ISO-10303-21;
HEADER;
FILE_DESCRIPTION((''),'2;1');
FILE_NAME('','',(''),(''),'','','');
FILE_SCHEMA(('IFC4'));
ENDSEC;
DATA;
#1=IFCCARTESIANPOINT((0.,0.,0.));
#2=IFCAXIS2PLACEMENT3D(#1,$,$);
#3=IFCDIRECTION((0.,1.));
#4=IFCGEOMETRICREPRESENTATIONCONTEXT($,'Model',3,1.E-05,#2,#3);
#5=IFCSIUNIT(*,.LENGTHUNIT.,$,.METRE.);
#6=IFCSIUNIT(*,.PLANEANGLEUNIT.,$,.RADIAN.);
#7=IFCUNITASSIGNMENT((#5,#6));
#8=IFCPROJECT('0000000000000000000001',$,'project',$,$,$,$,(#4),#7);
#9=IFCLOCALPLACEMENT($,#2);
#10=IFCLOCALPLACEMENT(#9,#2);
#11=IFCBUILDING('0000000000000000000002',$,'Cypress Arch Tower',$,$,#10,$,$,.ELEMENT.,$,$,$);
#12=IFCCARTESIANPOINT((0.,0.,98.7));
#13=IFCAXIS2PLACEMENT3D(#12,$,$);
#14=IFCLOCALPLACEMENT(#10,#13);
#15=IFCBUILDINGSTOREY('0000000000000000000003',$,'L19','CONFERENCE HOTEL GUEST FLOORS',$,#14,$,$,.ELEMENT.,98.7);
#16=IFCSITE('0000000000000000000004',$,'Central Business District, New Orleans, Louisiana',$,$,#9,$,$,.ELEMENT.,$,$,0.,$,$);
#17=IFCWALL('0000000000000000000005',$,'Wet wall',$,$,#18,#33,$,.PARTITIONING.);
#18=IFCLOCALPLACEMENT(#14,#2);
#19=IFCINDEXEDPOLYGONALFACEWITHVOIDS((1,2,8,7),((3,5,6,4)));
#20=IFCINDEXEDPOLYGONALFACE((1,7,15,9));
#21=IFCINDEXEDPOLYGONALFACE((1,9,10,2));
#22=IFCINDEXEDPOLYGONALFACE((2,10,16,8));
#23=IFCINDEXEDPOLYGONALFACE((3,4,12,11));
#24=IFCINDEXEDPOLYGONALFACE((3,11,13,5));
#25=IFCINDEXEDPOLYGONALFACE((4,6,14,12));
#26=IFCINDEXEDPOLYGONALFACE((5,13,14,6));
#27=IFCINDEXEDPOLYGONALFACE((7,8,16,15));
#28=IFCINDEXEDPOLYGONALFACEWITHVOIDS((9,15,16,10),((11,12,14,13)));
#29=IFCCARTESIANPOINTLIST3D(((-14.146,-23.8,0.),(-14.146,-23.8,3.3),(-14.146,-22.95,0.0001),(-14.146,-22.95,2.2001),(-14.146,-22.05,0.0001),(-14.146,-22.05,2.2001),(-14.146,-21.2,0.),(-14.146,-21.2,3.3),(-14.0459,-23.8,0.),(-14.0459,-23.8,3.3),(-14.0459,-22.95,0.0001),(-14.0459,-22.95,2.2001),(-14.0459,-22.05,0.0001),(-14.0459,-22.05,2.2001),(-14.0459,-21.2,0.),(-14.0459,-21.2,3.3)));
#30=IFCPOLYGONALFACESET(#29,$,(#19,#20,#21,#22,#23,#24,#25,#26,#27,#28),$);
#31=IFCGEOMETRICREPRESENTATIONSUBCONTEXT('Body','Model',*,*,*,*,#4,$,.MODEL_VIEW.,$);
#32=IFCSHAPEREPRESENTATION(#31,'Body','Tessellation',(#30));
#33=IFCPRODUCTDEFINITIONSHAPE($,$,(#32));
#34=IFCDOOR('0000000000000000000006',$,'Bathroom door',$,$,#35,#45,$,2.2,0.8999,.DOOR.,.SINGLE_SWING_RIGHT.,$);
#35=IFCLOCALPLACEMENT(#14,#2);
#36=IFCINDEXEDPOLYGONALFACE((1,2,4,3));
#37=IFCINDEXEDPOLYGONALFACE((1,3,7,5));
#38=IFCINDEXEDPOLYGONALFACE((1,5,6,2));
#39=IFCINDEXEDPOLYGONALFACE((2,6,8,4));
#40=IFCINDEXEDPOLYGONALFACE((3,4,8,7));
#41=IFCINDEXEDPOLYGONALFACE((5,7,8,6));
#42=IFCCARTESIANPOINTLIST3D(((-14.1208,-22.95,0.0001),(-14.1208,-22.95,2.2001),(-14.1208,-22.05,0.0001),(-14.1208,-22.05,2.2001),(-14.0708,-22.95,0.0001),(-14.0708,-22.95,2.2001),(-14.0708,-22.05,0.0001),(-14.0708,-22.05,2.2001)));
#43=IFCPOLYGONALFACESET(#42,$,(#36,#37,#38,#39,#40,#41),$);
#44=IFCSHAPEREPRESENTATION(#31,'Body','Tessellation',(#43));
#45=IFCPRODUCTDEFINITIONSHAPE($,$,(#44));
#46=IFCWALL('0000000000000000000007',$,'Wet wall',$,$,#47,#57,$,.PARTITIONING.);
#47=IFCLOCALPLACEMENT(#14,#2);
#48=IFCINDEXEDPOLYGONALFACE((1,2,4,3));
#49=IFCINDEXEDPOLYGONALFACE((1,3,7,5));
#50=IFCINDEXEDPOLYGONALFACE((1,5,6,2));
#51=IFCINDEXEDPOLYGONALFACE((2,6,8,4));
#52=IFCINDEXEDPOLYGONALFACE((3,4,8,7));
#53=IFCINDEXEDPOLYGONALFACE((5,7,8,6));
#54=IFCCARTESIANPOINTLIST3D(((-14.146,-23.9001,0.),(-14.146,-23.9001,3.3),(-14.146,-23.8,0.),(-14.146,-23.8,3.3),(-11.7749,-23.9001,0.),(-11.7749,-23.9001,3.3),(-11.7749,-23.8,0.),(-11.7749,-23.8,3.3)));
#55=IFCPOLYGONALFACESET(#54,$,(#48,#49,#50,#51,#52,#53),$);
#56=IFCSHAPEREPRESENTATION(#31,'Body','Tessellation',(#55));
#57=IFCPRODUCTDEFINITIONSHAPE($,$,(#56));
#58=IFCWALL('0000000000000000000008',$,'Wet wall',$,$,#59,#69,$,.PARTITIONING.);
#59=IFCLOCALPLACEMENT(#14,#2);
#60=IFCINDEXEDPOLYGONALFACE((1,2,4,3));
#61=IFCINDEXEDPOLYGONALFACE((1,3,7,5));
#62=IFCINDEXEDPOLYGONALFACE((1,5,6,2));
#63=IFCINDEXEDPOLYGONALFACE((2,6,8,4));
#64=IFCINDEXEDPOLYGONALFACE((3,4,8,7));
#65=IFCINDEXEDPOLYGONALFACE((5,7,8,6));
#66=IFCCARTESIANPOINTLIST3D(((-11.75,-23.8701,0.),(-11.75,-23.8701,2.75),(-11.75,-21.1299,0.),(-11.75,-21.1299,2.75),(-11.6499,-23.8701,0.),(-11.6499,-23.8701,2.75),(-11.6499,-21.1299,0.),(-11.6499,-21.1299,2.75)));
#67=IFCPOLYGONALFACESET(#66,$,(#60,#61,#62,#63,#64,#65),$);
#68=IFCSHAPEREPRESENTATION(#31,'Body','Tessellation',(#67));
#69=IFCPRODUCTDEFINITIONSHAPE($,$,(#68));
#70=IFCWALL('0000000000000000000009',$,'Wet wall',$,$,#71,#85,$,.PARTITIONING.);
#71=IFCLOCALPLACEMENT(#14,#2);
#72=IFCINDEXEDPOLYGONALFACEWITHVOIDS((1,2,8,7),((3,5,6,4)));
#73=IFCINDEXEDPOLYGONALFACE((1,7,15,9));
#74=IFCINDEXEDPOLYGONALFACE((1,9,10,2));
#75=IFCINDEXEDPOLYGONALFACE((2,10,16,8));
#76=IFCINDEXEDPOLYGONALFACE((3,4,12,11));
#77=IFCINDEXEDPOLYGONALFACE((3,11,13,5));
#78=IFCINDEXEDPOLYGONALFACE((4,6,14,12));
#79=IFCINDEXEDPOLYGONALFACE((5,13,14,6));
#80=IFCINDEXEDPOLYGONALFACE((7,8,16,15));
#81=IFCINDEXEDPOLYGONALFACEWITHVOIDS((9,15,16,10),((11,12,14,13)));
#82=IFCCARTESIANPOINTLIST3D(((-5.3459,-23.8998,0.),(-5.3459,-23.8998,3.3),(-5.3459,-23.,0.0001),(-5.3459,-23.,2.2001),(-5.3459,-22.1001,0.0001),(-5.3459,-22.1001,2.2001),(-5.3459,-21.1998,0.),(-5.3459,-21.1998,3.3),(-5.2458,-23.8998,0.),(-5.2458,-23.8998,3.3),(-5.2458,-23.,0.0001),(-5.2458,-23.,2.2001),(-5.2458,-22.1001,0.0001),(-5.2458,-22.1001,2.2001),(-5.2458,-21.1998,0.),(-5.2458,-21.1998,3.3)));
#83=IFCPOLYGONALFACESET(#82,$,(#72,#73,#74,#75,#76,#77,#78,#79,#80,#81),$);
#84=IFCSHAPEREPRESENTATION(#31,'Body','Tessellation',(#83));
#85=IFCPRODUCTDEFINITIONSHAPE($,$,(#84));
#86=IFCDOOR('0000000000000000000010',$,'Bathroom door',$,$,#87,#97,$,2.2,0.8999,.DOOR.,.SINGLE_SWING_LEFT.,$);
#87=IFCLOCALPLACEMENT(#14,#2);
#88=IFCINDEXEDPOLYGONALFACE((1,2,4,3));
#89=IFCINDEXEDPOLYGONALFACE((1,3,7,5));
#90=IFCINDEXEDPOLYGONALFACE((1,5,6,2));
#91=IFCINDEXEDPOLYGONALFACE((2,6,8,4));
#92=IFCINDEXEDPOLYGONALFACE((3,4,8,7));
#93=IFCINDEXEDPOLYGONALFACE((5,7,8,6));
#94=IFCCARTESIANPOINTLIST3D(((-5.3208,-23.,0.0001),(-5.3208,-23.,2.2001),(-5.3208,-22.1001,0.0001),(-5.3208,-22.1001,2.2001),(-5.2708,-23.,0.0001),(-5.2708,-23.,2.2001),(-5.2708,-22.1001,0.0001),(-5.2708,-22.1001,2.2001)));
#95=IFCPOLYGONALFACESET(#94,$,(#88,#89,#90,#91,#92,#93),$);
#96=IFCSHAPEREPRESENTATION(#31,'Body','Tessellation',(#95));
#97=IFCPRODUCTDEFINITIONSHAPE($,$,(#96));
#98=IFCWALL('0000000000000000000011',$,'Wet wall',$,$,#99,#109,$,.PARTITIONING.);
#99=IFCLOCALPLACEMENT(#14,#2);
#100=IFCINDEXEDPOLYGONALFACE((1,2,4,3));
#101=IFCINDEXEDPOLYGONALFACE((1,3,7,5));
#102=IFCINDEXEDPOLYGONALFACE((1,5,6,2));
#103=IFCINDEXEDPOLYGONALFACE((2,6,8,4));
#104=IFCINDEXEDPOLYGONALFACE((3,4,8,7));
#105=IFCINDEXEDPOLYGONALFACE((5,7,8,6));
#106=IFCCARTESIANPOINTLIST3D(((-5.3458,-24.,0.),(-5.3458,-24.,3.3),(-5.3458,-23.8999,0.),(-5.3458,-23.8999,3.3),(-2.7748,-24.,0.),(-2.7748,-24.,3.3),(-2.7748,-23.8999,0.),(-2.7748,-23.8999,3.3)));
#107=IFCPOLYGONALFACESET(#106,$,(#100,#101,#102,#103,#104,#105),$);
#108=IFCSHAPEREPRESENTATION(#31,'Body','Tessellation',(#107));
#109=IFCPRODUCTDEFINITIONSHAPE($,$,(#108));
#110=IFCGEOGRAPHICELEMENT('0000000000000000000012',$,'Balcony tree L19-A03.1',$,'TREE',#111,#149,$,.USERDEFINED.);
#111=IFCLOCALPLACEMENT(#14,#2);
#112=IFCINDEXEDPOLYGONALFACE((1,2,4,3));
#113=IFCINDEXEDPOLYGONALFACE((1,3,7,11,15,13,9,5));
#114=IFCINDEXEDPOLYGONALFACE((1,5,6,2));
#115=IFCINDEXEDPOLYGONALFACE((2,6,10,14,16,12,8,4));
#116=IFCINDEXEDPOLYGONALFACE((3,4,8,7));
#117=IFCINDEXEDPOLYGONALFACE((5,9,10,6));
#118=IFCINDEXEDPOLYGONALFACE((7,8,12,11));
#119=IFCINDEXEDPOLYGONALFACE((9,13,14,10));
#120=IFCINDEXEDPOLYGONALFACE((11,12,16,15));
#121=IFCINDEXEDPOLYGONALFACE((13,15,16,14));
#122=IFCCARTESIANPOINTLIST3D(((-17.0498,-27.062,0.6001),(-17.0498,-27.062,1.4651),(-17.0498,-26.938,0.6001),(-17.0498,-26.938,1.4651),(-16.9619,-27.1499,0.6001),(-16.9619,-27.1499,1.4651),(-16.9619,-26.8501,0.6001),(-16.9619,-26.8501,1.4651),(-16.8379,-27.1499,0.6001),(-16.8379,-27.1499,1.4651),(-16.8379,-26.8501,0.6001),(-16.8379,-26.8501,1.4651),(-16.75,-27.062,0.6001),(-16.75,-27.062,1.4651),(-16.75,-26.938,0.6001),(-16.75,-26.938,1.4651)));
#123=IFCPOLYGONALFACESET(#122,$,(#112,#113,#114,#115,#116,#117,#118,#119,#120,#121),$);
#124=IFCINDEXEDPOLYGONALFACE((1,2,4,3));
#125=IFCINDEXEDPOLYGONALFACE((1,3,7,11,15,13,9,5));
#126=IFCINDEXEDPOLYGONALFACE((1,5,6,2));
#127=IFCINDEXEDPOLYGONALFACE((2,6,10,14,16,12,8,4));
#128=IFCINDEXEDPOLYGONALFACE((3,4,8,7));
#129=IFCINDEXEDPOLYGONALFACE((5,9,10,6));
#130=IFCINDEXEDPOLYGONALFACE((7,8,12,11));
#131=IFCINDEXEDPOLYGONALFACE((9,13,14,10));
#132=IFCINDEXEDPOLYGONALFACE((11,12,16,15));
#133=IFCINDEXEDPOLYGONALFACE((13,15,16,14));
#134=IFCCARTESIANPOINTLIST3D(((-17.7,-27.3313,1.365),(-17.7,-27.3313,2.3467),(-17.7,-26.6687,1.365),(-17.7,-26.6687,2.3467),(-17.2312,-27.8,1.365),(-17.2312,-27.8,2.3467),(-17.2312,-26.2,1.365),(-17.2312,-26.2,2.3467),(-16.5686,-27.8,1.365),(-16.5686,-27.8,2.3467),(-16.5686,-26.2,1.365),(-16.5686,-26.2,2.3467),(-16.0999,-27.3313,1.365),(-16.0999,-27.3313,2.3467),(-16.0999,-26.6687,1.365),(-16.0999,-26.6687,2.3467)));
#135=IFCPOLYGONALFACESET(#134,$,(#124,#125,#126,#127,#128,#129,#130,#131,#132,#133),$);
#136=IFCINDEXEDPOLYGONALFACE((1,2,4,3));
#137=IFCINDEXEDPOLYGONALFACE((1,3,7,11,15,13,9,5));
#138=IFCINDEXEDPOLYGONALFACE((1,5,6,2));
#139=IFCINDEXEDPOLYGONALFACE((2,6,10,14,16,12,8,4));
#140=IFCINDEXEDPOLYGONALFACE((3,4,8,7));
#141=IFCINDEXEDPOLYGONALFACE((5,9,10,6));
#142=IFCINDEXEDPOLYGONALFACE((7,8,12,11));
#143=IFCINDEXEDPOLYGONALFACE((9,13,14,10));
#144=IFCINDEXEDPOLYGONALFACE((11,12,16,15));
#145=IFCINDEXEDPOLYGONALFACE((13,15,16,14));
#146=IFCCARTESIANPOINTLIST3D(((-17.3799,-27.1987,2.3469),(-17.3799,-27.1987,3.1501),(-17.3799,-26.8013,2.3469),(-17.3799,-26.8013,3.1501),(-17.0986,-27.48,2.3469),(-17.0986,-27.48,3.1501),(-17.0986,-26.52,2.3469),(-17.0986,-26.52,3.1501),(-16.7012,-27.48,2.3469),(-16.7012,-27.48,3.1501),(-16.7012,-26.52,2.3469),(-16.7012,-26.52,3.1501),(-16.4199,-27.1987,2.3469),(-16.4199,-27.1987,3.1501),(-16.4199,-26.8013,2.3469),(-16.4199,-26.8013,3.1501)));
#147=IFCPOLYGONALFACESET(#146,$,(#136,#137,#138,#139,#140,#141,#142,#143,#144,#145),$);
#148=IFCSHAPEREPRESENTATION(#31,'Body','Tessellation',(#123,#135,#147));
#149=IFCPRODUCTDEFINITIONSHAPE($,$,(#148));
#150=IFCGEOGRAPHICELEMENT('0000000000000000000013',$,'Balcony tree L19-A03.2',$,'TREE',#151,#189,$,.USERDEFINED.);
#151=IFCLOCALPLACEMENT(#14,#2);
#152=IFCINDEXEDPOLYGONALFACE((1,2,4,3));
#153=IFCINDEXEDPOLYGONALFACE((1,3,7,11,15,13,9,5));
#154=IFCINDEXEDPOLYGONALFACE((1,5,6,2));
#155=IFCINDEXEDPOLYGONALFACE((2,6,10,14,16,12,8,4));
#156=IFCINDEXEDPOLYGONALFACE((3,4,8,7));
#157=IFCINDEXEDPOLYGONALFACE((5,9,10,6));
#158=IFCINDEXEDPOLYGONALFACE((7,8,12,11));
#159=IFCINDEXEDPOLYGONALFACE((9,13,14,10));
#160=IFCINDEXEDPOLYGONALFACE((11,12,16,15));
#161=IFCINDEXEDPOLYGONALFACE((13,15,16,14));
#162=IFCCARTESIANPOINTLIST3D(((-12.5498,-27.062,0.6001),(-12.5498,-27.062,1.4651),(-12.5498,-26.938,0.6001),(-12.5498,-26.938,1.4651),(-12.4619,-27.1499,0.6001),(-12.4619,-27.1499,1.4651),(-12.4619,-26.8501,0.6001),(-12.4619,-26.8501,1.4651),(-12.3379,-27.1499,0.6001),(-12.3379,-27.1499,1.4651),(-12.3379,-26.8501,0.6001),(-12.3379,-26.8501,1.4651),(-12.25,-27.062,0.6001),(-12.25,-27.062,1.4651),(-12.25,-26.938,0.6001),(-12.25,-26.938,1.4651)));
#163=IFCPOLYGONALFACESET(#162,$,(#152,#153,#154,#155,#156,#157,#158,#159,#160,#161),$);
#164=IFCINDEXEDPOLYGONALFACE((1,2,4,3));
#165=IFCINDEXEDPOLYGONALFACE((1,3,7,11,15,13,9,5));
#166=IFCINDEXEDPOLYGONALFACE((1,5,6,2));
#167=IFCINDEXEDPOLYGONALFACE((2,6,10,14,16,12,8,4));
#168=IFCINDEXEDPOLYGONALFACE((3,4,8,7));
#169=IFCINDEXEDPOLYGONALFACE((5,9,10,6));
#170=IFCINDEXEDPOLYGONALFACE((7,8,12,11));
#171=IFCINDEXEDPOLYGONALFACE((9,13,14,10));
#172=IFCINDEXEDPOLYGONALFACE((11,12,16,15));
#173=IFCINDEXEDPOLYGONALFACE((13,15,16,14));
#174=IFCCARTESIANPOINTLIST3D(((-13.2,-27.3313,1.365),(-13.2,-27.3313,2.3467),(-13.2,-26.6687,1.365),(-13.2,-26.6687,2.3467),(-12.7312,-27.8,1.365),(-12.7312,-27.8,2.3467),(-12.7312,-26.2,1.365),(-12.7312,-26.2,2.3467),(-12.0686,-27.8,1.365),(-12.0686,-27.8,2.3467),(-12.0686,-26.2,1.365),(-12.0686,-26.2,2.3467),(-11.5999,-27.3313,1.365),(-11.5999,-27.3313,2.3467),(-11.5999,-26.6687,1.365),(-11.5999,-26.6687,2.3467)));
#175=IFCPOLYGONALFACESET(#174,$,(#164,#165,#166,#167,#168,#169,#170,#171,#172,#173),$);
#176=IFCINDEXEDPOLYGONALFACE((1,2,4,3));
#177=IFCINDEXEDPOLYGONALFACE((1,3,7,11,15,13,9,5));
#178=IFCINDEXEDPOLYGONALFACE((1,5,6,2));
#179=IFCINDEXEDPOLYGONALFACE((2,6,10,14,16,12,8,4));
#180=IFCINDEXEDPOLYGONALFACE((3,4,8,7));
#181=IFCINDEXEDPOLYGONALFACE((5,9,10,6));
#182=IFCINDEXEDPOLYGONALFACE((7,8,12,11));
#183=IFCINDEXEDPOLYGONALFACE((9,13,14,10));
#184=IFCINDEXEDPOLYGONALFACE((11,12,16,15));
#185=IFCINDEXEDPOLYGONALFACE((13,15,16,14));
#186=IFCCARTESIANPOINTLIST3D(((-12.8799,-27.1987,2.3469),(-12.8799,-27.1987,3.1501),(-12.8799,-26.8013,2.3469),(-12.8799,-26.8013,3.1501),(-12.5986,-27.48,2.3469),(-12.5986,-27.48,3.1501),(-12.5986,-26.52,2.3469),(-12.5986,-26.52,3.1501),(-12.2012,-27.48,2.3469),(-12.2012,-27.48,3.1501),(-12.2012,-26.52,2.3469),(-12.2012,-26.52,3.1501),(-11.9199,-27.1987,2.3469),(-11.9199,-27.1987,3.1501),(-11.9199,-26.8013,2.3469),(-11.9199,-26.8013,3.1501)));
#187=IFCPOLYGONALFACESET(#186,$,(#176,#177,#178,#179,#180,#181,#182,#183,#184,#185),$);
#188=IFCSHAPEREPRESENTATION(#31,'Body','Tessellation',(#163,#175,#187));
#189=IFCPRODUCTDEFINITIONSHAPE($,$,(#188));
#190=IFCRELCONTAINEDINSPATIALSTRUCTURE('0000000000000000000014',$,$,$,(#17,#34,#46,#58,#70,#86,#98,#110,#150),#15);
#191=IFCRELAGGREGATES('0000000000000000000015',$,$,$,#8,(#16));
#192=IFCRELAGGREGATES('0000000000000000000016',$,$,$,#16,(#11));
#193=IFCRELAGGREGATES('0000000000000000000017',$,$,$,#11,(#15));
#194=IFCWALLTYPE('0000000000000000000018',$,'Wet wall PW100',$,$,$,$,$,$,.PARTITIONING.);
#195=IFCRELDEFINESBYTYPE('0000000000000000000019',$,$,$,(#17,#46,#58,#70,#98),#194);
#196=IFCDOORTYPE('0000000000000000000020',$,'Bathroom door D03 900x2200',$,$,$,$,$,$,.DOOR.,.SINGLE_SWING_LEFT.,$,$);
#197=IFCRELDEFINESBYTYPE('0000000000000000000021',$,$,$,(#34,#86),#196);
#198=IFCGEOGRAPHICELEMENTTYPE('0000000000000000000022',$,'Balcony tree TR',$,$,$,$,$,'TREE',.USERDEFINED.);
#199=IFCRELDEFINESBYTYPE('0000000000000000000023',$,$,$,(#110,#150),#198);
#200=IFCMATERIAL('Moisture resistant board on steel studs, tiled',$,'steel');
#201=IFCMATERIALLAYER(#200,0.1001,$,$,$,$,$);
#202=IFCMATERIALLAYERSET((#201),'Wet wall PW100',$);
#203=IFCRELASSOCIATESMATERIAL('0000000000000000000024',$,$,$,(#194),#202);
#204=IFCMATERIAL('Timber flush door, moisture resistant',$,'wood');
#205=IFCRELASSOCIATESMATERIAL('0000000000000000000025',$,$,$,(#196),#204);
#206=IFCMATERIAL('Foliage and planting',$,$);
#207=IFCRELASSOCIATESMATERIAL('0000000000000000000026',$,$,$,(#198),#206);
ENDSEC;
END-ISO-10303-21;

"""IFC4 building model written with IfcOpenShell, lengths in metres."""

from ifc_helpers import new_model, si_unit, direction, frame, frame_2d, origin, place, context, subcontext, project, spatial, polyline, rectangle, outline, extrude, material, layer, layer_set, type_object, element, fill, save


model = new_model("IFC4")

# Units and contexts
model_context = context("Model", 3, precision=1e-05, world=origin(), true_north=direction((0.0, 1.0)))
body_context = subcontext(model_context, "Body", "Model", "MODEL_VIEW")
ifc_project = project(units=[si_unit("LENGTHUNIT", "METRE"), si_unit("PLANEANGLEUNIT", "RADIAN")], contexts=[model_context])

# Site, building, storey
site_placement = place(None, origin())
site = spatial("IfcSite", under=ifc_project, at=site_placement, Name="Central Business District, New Orleans, Louisiana", CompositionType="ELEMENT", RefElevation=0.0)
building_placement = place(site_placement, origin())
building = spatial("IfcBuilding", under=site, at=building_placement, Name="Cypress Arch Tower", CompositionType="ELEMENT")
storey_placement = place(building_placement, frame((0.0, 0.0, 98.7)))
storey = spatial("IfcBuildingStorey", under=building, at=storey_placement, Name="L19", Description="CONFERENCE HOTEL GUEST FLOORS", CompositionType="ELEMENT", Elevation=98.7)

# Wall, opening, door
ifc_material_1 = material(Name="Moisture resistant board on steel studs, tiled", Category="steel")
ifc_layer_1 = layer(ifc_material_1, 0.1001)
ifc_layer_set_1 = layer_set([ifc_layer_1], Name="Wet wall PW100")
wall_type_1 = type_object("IfcWallType", Name="Wet wall PW100", PredefinedType="PARTITIONING", material=ifc_layer_set_1)
wall_1_placement = place(storey_placement, frame((-14.0959, -23.8, 0.0), z_axis=(0.0, 0.0, 1.0), x_axis=(0.0, 1.0, 0.0)))
wall_1 = element("IfcWall", 1, at=wall_1_placement, inside=storey, type_object=wall_type_1, Name="Wet wall", PredefinedType="PARTITIONING", context=body_context, shape_type="SweptSolid", body=[
    extrude(rectangle(XDim=2.6001, YDim=0.1001, at=frame_2d((1.3, 0.0))), origin(), (0.0, 0.0, 1.0), 3.3),
])
opening_1_placement = place(wall_1_placement, frame((0.8501, 0.0, 0.0)))
opening_1 = element("IfcOpeningElement", 2, at=opening_1_placement, cuts=wall_1, PredefinedType="OPENING", context=body_context, shape_type="SweptSolid", body=[
    extrude(rectangle(XDim=0.8999, YDim=2.2, at=frame_2d((0.45, 1.1001))), frame((0.0, 0.0601, 0.0), z_axis=(0.0, -1.0, 0.0), x_axis=(1.0, 0.0, 0.0)), (0.0, 0.0, 1.0), 0.1201),
])
ifc_material_2 = material(Name="Timber flush door, moisture resistant", Category="wood")
door_type_1 = type_object("IfcDoorType", Name="Bathroom door D03 900x2200", OperationType="SINGLE_SWING_LEFT", PredefinedType="DOOR", material=ifc_material_2)
door_1_placement = place(opening_1_placement, origin())
door_1 = element("IfcDoor", 3, at=door_1_placement, inside=storey, type_object=door_type_1, Name="Bathroom door", OperationType="SINGLE_SWING_RIGHT", OverallHeight=2.2, OverallWidth=0.8999, PredefinedType="DOOR", context=body_context, shape_type="SweptSolid", body=[
    extrude(rectangle(XDim=0.8999, YDim=2.2, at=frame_2d((0.45, 1.1001))), frame((0.0, 0.0249, 0.0), z_axis=(0.0, -1.0, 0.0), x_axis=(1.0, 0.0, 0.0)), (0.0, 0.0, 1.0), 0.05),
])
fill(opening_1, door_1)

# Walls
wall_2_placement = place(storey_placement, frame((-14.146, -23.8501, 0.0), z_axis=(0.0, 0.0, 1.0), x_axis=(1.0, 0.0, 0.0)))
element("IfcWall", 4, at=wall_2_placement, inside=storey, type_object=wall_type_1, Name="Wet wall", PredefinedType="PARTITIONING", context=body_context, shape_type="SweptSolid", body=[
    extrude(rectangle(XDim=2.3711, YDim=0.1001, at=frame_2d((1.1855, 0.0))), origin(), (0.0, 0.0, 1.0), 3.3),
])
wall_3_placement = place(storey_placement, frame((-11.7, -23.8701, 0.0), z_axis=(0.0, 0.0, 1.0), x_axis=(0.0, 1.0, 0.0)))
element("IfcWall", 5, at=wall_3_placement, inside=storey, type_object=wall_type_1, Name="Wet wall", PredefinedType="PARTITIONING", context=body_context, shape_type="SweptSolid", body=[
    extrude(rectangle(XDim=2.7402, YDim=0.1001, at=frame_2d((1.3701, 0.0))), origin(), (0.0, 0.0, 1.0), 2.75),
])

# Wall, opening, door
wall_4_placement = place(storey_placement, frame((-5.2959, -23.8999, 0.0), z_axis=(0.0, 0.0, 1.0), x_axis=(0.0, 1.0, 0.0)))
wall_4 = element("IfcWall", 6, at=wall_4_placement, inside=storey, type_object=wall_type_1, Name="Wet wall", PredefinedType="PARTITIONING", context=body_context, shape_type="SweptSolid", body=[
    extrude(rectangle(XDim=2.7, YDim=0.1001, at=frame_2d((1.3501, 0.0))), origin(), (0.0, 0.0, 1.0), 3.3),
])
opening_2_placement = place(wall_4_placement, frame((0.8999, 0.0, 0.0)))
opening_2 = element("IfcOpeningElement", 7, at=opening_2_placement, cuts=wall_4, PredefinedType="OPENING", context=body_context, shape_type="SweptSolid", body=[
    extrude(rectangle(XDim=0.8999, YDim=2.2, at=frame_2d((0.45, 1.1001))), frame((0.0, 0.0601, 0.0), z_axis=(0.0, -1.0, 0.0), x_axis=(1.0, 0.0, 0.0)), (0.0, 0.0, 1.0), 0.1201),
])
door_2_placement = place(opening_2_placement, origin())
door_2 = element("IfcDoor", 8, at=door_2_placement, inside=storey, type_object=door_type_1, Name="Bathroom door", OperationType="SINGLE_SWING_LEFT", OverallHeight=2.2, OverallWidth=0.8999, PredefinedType="DOOR", context=body_context, shape_type="SweptSolid", body=[
    extrude(rectangle(XDim=0.8999, YDim=2.2, at=frame_2d((0.45, 1.1001))), frame((0.0, 0.0249, 0.0), z_axis=(0.0, -1.0, 0.0), x_axis=(1.0, 0.0, 0.0)), (0.0, 0.0, 1.0), 0.05),
])
fill(opening_2, door_2)

# Wall
wall_5_placement = place(storey_placement, frame((-5.3459, -23.95, 0.0), z_axis=(0.0, 0.0, 1.0), x_axis=(1.0, 0.0, 0.0)))
element("IfcWall", 9, at=wall_5_placement, inside=storey, type_object=wall_type_1, Name="Wet wall", PredefinedType="PARTITIONING", context=body_context, shape_type="SweptSolid", body=[
    extrude(rectangle(XDim=2.571, YDim=0.1001, at=frame_2d((1.2856, 0.0))), origin(), (0.0, 0.0, 1.0), 3.3),
])

# Geographic elements
ifc_material_3 = material(Name="Foliage and planting")
geographic_element_type = type_object("IfcGeographicElementType", Name="Balcony tree TR", ElementType="TREE", PredefinedType="USERDEFINED", material=ifc_material_3)
for number, where, z_axis, x_axis, name in (
    (10, (-16.8999, -27.0, 0.6001), (0.0, 0.0, 1.0), (1.0, 0.0, 0.0), "Balcony tree L19-A03.1"),
    (11, (-12.3999, -27.0, 0.6001), (0.0, 0.0, 1.0), (1.0, 0.0, 0.0), "Balcony tree L19-A03.2"),
):
    element("IfcGeographicElement", number, at=place(storey_placement, frame(where, z_axis=z_axis, x_axis=x_axis)), inside=storey, type_object=geographic_element_type, Name=name, ObjectType="TREE", PredefinedType="USERDEFINED", context=body_context, shape_type="SweptSolid", body=[
        extrude(outline(polyline([(0.1499, 0.062), (0.062, 0.1499), (-0.062, 0.1499), (-0.1499, 0.062), (-0.1499, -0.062), (-0.062, -0.1499), (0.062, -0.1499), (0.1499, -0.062), (0.1499, 0.062)])), origin(), (0.0, 0.0, 1.0), 0.865),
        extrude(outline(polyline([(0.8, 0.3313), (0.3313, 0.8), (-0.3313, 0.8), (-0.8, 0.3313), (-0.8, -0.3313), (-0.3313, -0.8), (0.3313, -0.8), (0.8, -0.3313), (0.8, 0.3313)])), frame((0.0, 0.0, 0.7649)), (0.0, 0.0, 1.0), 0.9817),
        extrude(outline(polyline([(0.48, 0.1987), (0.1987, 0.48), (-0.1987, 0.48), (-0.48, 0.1987), (-0.48, -0.1987), (-0.1987, -0.48), (0.1987, -0.48), (0.48, -0.1987), (0.48, 0.1987)])), frame((0.0, 0.0, 1.7468)), (0.0, 0.0, 1.0), 0.8032),
    ])

save(model, "model.ifc")
